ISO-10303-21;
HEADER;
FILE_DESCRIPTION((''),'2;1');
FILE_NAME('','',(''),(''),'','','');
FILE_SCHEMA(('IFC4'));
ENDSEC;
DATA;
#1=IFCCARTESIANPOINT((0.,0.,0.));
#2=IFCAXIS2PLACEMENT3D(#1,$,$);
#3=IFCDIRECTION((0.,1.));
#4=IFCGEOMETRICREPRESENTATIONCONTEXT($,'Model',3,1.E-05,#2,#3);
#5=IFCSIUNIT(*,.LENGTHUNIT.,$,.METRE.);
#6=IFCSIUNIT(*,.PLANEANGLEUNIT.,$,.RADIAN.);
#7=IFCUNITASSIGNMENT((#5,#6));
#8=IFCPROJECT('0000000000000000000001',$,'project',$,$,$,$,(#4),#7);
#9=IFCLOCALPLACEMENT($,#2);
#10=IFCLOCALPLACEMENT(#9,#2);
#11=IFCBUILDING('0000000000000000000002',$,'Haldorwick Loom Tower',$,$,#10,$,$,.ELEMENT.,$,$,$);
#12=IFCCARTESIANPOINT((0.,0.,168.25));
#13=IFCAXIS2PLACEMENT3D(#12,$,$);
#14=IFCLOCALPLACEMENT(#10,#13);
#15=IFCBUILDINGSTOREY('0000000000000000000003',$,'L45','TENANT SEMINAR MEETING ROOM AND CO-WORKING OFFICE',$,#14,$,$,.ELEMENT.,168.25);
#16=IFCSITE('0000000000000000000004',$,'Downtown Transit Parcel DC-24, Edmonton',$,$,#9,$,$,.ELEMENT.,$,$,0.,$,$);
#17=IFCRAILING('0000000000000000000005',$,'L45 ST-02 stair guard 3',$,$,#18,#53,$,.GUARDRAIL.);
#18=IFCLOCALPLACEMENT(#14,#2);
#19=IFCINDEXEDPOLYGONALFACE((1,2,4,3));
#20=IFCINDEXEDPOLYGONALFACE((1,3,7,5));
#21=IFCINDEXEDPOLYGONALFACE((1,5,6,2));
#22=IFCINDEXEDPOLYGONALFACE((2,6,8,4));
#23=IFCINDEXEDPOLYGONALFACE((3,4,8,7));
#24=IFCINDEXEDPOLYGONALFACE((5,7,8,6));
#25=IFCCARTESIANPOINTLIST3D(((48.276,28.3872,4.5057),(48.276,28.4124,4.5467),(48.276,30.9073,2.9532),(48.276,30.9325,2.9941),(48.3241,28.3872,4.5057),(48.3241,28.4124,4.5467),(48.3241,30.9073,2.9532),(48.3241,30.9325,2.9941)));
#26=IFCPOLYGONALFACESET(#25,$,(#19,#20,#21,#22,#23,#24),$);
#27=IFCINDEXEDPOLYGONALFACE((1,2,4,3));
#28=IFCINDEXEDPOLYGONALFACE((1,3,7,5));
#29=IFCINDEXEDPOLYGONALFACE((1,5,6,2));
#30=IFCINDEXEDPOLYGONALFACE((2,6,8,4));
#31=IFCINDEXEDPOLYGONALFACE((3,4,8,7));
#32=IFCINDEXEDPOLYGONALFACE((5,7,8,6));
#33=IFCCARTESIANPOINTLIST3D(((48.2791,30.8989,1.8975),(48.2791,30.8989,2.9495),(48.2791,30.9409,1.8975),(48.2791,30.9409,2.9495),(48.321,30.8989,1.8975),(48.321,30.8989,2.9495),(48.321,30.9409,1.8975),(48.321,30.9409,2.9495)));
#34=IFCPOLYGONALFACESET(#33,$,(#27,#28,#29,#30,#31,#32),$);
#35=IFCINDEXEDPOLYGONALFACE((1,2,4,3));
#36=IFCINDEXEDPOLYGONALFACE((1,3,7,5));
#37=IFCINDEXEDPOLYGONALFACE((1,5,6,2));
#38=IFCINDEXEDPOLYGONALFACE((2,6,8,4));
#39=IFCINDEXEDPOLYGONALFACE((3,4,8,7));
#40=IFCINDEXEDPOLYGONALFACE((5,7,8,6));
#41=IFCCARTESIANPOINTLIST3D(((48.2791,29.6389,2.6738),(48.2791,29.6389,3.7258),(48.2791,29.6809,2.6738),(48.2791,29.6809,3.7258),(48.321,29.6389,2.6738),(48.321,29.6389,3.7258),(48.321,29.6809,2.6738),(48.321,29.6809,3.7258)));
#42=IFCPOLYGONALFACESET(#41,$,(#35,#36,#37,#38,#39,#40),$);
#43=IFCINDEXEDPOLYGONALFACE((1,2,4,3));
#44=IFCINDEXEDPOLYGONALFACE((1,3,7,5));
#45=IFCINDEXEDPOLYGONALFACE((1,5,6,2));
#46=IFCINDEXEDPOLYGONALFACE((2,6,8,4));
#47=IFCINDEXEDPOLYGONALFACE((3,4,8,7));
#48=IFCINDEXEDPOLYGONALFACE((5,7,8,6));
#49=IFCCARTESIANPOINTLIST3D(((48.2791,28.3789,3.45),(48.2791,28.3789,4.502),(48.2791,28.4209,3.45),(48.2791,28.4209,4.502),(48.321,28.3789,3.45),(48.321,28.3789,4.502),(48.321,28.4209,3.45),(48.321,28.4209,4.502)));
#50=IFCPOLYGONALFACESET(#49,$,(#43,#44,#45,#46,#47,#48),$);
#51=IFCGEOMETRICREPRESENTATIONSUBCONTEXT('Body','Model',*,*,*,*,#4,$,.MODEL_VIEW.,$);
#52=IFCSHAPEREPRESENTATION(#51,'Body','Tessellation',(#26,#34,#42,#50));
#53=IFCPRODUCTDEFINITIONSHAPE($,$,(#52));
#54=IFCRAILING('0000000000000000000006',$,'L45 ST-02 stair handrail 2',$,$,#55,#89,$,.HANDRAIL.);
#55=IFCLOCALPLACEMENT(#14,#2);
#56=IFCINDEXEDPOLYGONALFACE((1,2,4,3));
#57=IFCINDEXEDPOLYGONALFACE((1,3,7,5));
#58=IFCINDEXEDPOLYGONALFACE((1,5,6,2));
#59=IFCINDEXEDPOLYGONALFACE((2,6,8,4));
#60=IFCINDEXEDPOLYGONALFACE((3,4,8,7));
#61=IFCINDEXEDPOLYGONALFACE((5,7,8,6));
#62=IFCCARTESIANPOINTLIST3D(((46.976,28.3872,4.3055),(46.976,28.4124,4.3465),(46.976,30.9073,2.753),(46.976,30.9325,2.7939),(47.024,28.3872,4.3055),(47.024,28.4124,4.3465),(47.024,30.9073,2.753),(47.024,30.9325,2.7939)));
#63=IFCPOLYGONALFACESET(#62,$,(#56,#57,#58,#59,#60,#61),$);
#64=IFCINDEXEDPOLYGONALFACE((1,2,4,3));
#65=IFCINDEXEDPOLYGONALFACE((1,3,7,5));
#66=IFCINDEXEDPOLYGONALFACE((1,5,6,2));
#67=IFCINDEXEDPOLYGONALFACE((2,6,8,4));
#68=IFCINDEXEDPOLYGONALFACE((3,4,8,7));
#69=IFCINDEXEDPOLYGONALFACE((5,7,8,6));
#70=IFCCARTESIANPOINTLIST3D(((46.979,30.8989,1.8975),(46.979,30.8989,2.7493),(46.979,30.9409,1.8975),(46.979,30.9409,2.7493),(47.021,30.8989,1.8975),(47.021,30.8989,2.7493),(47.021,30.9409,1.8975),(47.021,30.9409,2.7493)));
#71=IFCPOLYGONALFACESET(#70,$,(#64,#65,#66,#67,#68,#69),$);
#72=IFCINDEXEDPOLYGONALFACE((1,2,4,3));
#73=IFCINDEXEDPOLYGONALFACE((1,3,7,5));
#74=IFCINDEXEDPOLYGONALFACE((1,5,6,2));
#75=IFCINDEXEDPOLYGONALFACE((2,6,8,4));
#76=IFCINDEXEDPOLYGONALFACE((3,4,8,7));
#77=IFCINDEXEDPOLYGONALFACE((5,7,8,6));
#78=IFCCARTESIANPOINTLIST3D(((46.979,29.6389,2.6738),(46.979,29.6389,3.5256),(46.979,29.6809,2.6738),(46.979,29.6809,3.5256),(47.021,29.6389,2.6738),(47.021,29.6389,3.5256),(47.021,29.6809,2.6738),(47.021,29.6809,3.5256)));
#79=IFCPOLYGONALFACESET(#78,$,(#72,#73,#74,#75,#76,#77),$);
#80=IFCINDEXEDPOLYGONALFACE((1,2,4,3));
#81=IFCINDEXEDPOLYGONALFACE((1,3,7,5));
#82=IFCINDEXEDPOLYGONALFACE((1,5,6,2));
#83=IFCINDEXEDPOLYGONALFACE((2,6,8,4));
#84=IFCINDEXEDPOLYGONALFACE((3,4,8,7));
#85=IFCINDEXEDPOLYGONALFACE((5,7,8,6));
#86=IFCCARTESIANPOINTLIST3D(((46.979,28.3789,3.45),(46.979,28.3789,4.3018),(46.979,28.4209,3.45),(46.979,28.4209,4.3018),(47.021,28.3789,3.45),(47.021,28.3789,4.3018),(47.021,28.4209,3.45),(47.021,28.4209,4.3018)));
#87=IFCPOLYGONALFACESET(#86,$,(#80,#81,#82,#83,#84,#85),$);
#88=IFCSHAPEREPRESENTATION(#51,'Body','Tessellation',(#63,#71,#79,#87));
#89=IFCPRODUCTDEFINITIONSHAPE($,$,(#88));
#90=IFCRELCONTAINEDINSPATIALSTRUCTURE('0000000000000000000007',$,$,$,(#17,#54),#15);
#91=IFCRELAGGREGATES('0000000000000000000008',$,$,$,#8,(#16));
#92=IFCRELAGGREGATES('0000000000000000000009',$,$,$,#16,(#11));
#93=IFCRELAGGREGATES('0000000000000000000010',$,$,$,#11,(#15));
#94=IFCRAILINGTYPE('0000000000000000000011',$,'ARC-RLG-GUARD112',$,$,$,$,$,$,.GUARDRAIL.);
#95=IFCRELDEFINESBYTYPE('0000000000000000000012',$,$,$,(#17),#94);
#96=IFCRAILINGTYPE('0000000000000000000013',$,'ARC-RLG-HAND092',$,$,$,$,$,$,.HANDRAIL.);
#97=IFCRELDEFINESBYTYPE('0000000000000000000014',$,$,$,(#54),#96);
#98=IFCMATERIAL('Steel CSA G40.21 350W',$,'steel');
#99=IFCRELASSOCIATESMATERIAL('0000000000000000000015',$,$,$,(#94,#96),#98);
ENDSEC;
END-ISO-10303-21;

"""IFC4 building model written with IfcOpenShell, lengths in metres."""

from ifc_helpers import new_model, si_unit, direction, frame, origin, origin_2d, place, context, subcontext, project, spatial, rectangle, extrude, material, type_object, element, save


model = new_model("IFC4")

# Units and contexts
model_context = context("Model", 3, precision=1e-05, world=origin(), true_north=direction((0.0, 1.0)))
body_context = subcontext(model_context, "Body", "Model", "MODEL_VIEW")
ifc_project = project(units=[si_unit("LENGTHUNIT", "METRE"), si_unit("PLANEANGLEUNIT", "RADIAN")], contexts=[model_context])

# Site, building, storey
site_placement = place(None, origin())
site = spatial("IfcSite", under=ifc_project, at=site_placement, Name="Downtown Transit Parcel DC-24, Edmonton", CompositionType="ELEMENT", RefElevation=0.0)
building_placement = place(site_placement, origin())
building = spatial("IfcBuilding", under=site, at=building_placement, Name="Haldorwick Loom Tower", CompositionType="ELEMENT")
storey_placement = place(building_placement, frame((0.0, 0.0, 168.25)))
storey = spatial("IfcBuildingStorey", under=building, at=storey_placement, Name="L45", Description="TENANT SEMINAR MEETING ROOM AND CO-WORKING OFFICE", CompositionType="ELEMENT", Elevation=168.25)

# Shared definitions
ifc_material_1 = material(Name="Steel CSA G40.21 350W", Category="steel")

# Railings
railing_type_1 = type_object("IfcRailingType", Name="ARC-RLG-GUARD112", PredefinedType="GUARDRAIL", material=ifc_material_1)
railing_1_placement = place(storey_placement, frame((48.3, 30.9199, 1.8975)))
element("IfcRailing", 1, at=railing_1_placement, inside=storey, type_object=railing_type_1, Name="L45 ST-02 stair guard 3", PredefinedType="GUARDRAIL", context=body_context, shape_type="SweptSolid", body=[
    extrude(rectangle(XDim=0.0481, YDim=0.0481, at=origin_2d()), frame((0.0, 0.0, 1.0762), z_axis=(0.0, -0.8514, 0.524516), x_axis=(1.0, 0.0, 0.0)), (0.0, 0.0, 1.0), 2.96),
    extrude(rectangle(XDim=0.042, YDim=0.042, at=origin_2d()), origin(), (0.0, 0.0, 1.0), 1.052),
    extrude(rectangle(XDim=0.042, YDim=0.042, at=origin_2d()), frame((0.0, -1.26, 0.7764)), (0.0, 0.0, 1.0), 1.052),
    extrude(rectangle(XDim=0.042, YDim=0.042, at=origin_2d()), frame((0.0, -2.52, 1.5525)), (0.0, 0.0, 1.0), 1.052),
])
railing_type_2 = type_object("IfcRailingType", Name="ARC-RLG-HAND092", PredefinedType="HANDRAIL", material=ifc_material_1)
railing_2_placement = place(storey_placement, frame((47.0, 30.9199, 1.8975)))
element("IfcRailing", 2, at=railing_2_placement, inside=storey, type_object=railing_type_2, Name="L45 ST-02 stair handrail 2", PredefinedType="HANDRAIL", context=body_context, shape_type="SweptSolid", body=[
    extrude(rectangle(XDim=0.0481, YDim=0.0481, at=origin_2d()), frame((0.0, 0.0, 0.876), z_axis=(0.0, -0.8514, 0.524516), x_axis=(1.0, 0.0, 0.0)), (0.0, 0.0, 1.0), 2.96),
    extrude(rectangle(XDim=0.042, YDim=0.042, at=origin_2d()), origin(), (0.0, 0.0, 1.0), 0.8518),
    extrude(rectangle(XDim=0.042, YDim=0.042, at=origin_2d()), frame((0.0, -1.26, 0.7764)), (0.0, 0.0, 1.0), 0.8518),
    extrude(rectangle(XDim=0.042, YDim=0.042, at=origin_2d()), frame((0.0, -2.52, 1.5525)), (0.0, 0.0, 1.0), 0.8518),
])

save(model, "model.ifc")
